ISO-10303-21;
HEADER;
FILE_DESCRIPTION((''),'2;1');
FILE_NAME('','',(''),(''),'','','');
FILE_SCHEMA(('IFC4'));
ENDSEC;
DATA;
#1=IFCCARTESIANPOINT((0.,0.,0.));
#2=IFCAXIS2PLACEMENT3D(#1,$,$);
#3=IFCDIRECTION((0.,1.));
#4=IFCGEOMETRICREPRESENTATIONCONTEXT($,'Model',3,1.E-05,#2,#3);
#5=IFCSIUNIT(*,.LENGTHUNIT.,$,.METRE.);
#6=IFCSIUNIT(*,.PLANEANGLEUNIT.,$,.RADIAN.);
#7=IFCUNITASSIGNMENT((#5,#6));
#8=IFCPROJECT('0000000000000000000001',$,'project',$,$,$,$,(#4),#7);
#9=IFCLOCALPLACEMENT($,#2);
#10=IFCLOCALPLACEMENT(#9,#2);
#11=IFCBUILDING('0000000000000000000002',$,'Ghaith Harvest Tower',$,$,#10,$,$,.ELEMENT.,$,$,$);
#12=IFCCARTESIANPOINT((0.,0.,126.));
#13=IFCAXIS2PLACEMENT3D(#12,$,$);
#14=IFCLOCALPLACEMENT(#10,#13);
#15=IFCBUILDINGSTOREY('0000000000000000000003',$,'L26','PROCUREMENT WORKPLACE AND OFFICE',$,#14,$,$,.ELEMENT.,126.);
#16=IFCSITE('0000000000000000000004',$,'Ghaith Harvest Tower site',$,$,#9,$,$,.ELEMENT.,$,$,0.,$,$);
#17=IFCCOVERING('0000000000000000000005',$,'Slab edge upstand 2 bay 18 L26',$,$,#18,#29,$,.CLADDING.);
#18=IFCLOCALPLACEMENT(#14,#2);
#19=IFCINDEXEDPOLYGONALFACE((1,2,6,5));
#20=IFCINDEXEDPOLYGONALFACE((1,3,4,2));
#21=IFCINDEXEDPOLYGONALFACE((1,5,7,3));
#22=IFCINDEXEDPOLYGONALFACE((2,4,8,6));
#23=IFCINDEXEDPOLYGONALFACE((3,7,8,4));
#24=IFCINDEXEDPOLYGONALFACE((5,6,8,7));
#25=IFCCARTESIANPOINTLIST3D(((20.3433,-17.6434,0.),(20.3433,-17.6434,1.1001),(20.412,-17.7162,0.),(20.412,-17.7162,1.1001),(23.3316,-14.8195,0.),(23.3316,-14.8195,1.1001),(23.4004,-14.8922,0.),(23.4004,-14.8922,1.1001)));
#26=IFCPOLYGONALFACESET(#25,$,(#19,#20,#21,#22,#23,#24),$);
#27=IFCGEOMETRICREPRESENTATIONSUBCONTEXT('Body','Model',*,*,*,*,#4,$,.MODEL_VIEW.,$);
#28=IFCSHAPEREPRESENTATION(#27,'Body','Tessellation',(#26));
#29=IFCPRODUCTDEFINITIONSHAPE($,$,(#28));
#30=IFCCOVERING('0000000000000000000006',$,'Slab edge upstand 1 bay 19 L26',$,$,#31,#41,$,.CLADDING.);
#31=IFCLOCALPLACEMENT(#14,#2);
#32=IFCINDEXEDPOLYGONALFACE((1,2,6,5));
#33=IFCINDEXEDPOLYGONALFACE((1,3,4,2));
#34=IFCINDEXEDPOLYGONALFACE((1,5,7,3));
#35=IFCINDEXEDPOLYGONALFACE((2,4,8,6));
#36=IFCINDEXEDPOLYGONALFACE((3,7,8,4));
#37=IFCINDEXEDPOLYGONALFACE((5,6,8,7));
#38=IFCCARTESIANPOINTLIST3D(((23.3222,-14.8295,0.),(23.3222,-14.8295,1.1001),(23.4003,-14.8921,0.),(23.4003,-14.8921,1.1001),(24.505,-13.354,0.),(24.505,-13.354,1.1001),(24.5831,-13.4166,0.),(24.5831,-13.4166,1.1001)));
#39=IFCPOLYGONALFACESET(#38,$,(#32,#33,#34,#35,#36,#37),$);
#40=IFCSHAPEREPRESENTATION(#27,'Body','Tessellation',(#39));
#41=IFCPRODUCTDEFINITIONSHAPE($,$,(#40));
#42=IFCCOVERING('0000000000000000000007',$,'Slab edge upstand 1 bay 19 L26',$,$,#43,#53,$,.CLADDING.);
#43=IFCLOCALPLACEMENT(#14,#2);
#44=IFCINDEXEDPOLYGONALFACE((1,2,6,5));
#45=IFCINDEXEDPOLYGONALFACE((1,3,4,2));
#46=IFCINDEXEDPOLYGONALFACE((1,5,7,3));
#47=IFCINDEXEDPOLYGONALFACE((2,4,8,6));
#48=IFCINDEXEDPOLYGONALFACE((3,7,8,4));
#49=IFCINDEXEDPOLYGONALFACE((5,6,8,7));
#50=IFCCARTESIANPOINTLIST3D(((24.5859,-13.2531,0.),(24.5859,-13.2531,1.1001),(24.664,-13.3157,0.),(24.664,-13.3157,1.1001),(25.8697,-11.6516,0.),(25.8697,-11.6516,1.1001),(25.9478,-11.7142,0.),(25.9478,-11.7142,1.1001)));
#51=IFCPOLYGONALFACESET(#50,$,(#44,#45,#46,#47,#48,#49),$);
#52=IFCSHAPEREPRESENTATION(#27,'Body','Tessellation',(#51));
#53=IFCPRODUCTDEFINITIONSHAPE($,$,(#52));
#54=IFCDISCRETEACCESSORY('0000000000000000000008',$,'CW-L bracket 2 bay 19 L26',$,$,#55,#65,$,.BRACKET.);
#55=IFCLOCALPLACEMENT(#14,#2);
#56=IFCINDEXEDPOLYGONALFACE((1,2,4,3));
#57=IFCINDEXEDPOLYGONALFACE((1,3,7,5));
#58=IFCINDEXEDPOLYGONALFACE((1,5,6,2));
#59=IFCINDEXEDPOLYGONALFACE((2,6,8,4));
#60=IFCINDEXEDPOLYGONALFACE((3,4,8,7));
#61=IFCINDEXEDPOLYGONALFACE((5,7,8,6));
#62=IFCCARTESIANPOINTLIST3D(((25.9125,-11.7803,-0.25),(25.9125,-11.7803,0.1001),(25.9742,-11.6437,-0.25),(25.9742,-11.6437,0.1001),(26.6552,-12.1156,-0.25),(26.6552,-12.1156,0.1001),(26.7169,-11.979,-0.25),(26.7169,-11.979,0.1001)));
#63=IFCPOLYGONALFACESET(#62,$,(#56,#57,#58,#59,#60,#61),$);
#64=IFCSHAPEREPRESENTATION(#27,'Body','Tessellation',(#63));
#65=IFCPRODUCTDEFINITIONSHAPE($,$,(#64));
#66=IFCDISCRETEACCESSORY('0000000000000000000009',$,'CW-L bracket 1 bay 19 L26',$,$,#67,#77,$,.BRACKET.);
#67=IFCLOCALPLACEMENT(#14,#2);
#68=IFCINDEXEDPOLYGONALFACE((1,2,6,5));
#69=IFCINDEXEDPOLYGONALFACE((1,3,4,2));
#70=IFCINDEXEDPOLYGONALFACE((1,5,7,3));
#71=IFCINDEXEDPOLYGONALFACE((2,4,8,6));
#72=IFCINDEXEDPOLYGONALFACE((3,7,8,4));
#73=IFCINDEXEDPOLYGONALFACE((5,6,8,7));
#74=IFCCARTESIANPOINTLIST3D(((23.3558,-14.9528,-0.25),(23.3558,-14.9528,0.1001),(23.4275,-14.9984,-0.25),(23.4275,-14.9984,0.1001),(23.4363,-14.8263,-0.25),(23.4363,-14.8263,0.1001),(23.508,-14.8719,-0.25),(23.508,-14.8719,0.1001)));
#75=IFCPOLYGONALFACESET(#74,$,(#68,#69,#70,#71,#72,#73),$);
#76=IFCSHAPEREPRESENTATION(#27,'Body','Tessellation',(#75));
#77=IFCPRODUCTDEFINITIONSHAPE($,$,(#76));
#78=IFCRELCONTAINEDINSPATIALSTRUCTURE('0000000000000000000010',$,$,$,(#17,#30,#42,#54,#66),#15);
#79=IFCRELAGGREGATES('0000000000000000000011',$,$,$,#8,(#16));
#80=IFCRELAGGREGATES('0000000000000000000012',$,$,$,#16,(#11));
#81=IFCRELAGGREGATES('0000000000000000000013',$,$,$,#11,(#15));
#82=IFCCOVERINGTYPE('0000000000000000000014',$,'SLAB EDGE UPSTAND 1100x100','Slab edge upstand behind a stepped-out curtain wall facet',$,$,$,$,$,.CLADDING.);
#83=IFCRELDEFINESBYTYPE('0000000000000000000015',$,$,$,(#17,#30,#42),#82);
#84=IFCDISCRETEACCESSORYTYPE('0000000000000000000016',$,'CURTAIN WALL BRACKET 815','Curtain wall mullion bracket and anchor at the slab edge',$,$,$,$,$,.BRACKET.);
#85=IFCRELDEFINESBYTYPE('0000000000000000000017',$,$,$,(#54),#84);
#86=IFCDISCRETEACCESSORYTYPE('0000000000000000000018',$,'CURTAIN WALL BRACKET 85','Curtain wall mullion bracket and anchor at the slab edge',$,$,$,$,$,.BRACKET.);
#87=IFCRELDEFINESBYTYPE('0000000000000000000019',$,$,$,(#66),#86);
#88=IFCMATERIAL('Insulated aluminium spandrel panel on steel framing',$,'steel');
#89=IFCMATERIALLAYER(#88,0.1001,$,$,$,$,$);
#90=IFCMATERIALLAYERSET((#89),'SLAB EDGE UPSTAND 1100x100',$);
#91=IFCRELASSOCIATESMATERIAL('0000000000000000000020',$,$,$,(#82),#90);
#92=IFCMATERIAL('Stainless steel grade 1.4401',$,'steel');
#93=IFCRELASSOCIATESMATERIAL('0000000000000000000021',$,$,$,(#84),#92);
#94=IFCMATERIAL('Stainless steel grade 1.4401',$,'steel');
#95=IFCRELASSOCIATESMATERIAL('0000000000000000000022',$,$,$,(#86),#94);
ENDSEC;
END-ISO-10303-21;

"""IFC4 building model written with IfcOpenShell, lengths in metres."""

from ifc_helpers import new_model, si_unit, direction, frame, origin, origin_2d, place, context, subcontext, project, spatial, rectangle, extrude, material, layer, layer_set, type_object, element, save


model = new_model("IFC4")

# Units and contexts
model_context = context("Model", 3, precision=1e-05, world=origin(), true_north=direction((0.0, 1.0)))
body_context = subcontext(model_context, "Body", "Model", "MODEL_VIEW")
ifc_project = project(units=[si_unit("LENGTHUNIT", "METRE"), si_unit("PLANEANGLEUNIT", "RADIAN")], contexts=[model_context])

# Site, building, storey
site_placement = place(None, origin())
site = spatial("IfcSite", under=ifc_project, at=site_placement, Name="Ghaith Harvest Tower site", CompositionType="ELEMENT", RefElevation=0.0)
building_placement = place(site_placement, origin())
building = spatial("IfcBuilding", under=site, at=building_placement, Name="Ghaith Harvest Tower", CompositionType="ELEMENT")
storey_placement = place(building_placement, frame((0.0, 0.0, 126.0)))
storey = spatial("IfcBuildingStorey", under=building, at=storey_placement, Name="L26", Description="PROCUREMENT WORKPLACE AND OFFICE", CompositionType="ELEMENT", Elevation=126.0)

# Coverings
ifc_material_1 = material(Name="Insulated aluminium spandrel panel on steel framing", Category="steel")
ifc_layer_1 = layer(ifc_material_1, 0.1001)
ifc_layer_set_1 = layer_set([ifc_layer_1], Name="SLAB EDGE UPSTAND 1100x100")
covering_type = type_object("IfcCoveringType", Name="SLAB EDGE UPSTAND 1100x100", Description="Slab edge upstand behind a stepped-out curtain wall facet", PredefinedType="CLADDING", material=ifc_layer_set_1)
covering_1_placement = place(storey_placement, frame((21.8718, -16.2678, 0.0), z_axis=(0.0, 0.0, 1.0), x_axis=(0.72681, 0.686839, 0.0)))
element("IfcCovering", 1, at=covering_1_placement, inside=storey, type_object=covering_type, Name="Slab edge upstand 2 bay 18 L26", PredefinedType="CLADDING", context=body_context, shape_type="SweptSolid", body=[
    extrude(rectangle(XDim=4.1116, YDim=0.1001, at=origin_2d()), origin(), (0.0, 0.0, 1.0), 1.1001),
])
covering_2_placement = place(storey_placement, frame((23.9526, -14.123, 0.0), z_axis=(0.0, 0.0, 1.0), x_axis=(0.625468, 0.78025, 0.0)))
element("IfcCovering", 2, at=covering_2_placement, inside=storey, type_object=covering_type, Name="Slab edge upstand 1 bay 19 L26", PredefinedType="CLADDING", context=body_context, shape_type="SweptSolid", body=[
    extrude(rectangle(XDim=1.8911, YDim=0.1001, at=origin_2d()), origin(), (0.0, 0.0, 1.0), 1.1001),
])
covering_3_placement = place(storey_placement, frame((25.2668, -12.4836, 0.0), z_axis=(0.0, 0.0, 1.0), x_axis=(0.625468, 0.78025, 0.0)))
element("IfcCovering", 3, at=covering_3_placement, inside=storey, type_object=covering_type, Name="Slab edge upstand 1 bay 19 L26", PredefinedType="CLADDING", context=body_context, shape_type="SweptSolid", body=[
    extrude(rectangle(XDim=2.0525, YDim=0.1001, at=origin_2d()), origin(), (0.0, 0.0, 1.0), 1.1001),
])

# Discrete accessories
ifc_material_2 = material(Name="Stainless steel grade 1.4401", Category="steel")
discrete_accessory_type_1 = type_object("IfcDiscreteAccessoryType", Name="CURTAIN WALL BRACKET 815", Description="Curtain wall mullion bracket and anchor at the slab edge", PredefinedType="BRACKET", material=ifc_material_2)
discrete_accessory_1_placement = place(storey_placement, frame((26.3147, -11.8796, -0.25), z_axis=(0.0, 0.0, 1.0), x_axis=(0.911427, -0.411462, 0.0)))
element("IfcDiscreteAccessory", 4, at=discrete_accessory_1_placement, inside=storey, type_object=discrete_accessory_type_1, Name="CW-L bracket 2 bay 19 L26", PredefinedType="BRACKET", context=body_context, shape_type="SweptSolid", body=[
    extrude(rectangle(XDim=0.8149, YDim=0.1499, at=origin_2d()), origin(), (0.0, 0.0, 1.0), 0.3501),
])
ifc_material_3 = material(Name="Stainless steel grade 1.4401", Category="steel")
discrete_accessory_type_2 = type_object("IfcDiscreteAccessoryType", Name="CURTAIN WALL BRACKET 85", Description="Curtain wall mullion bracket and anchor at the slab edge", PredefinedType="BRACKET", material=ifc_material_3)
discrete_accessory_2_placement = place(storey_placement, frame((23.4319, -14.9124, -0.25), z_axis=(0.0, 0.0, 1.0), x_axis=(0.843644, -0.536903, 0.0)))
element("IfcDiscreteAccessory", 5, at=discrete_accessory_2_placement, inside=storey, type_object=discrete_accessory_type_2, Name="CW-L bracket 1 bay 19 L26", PredefinedType="BRACKET", context=body_context, shape_type="SweptSolid", body=[
    extrude(rectangle(XDim=0.085, YDim=0.1499, at=origin_2d()), origin(), (0.0, 0.0, 1.0), 0.3501),
])

save(model, "model.ifc")
